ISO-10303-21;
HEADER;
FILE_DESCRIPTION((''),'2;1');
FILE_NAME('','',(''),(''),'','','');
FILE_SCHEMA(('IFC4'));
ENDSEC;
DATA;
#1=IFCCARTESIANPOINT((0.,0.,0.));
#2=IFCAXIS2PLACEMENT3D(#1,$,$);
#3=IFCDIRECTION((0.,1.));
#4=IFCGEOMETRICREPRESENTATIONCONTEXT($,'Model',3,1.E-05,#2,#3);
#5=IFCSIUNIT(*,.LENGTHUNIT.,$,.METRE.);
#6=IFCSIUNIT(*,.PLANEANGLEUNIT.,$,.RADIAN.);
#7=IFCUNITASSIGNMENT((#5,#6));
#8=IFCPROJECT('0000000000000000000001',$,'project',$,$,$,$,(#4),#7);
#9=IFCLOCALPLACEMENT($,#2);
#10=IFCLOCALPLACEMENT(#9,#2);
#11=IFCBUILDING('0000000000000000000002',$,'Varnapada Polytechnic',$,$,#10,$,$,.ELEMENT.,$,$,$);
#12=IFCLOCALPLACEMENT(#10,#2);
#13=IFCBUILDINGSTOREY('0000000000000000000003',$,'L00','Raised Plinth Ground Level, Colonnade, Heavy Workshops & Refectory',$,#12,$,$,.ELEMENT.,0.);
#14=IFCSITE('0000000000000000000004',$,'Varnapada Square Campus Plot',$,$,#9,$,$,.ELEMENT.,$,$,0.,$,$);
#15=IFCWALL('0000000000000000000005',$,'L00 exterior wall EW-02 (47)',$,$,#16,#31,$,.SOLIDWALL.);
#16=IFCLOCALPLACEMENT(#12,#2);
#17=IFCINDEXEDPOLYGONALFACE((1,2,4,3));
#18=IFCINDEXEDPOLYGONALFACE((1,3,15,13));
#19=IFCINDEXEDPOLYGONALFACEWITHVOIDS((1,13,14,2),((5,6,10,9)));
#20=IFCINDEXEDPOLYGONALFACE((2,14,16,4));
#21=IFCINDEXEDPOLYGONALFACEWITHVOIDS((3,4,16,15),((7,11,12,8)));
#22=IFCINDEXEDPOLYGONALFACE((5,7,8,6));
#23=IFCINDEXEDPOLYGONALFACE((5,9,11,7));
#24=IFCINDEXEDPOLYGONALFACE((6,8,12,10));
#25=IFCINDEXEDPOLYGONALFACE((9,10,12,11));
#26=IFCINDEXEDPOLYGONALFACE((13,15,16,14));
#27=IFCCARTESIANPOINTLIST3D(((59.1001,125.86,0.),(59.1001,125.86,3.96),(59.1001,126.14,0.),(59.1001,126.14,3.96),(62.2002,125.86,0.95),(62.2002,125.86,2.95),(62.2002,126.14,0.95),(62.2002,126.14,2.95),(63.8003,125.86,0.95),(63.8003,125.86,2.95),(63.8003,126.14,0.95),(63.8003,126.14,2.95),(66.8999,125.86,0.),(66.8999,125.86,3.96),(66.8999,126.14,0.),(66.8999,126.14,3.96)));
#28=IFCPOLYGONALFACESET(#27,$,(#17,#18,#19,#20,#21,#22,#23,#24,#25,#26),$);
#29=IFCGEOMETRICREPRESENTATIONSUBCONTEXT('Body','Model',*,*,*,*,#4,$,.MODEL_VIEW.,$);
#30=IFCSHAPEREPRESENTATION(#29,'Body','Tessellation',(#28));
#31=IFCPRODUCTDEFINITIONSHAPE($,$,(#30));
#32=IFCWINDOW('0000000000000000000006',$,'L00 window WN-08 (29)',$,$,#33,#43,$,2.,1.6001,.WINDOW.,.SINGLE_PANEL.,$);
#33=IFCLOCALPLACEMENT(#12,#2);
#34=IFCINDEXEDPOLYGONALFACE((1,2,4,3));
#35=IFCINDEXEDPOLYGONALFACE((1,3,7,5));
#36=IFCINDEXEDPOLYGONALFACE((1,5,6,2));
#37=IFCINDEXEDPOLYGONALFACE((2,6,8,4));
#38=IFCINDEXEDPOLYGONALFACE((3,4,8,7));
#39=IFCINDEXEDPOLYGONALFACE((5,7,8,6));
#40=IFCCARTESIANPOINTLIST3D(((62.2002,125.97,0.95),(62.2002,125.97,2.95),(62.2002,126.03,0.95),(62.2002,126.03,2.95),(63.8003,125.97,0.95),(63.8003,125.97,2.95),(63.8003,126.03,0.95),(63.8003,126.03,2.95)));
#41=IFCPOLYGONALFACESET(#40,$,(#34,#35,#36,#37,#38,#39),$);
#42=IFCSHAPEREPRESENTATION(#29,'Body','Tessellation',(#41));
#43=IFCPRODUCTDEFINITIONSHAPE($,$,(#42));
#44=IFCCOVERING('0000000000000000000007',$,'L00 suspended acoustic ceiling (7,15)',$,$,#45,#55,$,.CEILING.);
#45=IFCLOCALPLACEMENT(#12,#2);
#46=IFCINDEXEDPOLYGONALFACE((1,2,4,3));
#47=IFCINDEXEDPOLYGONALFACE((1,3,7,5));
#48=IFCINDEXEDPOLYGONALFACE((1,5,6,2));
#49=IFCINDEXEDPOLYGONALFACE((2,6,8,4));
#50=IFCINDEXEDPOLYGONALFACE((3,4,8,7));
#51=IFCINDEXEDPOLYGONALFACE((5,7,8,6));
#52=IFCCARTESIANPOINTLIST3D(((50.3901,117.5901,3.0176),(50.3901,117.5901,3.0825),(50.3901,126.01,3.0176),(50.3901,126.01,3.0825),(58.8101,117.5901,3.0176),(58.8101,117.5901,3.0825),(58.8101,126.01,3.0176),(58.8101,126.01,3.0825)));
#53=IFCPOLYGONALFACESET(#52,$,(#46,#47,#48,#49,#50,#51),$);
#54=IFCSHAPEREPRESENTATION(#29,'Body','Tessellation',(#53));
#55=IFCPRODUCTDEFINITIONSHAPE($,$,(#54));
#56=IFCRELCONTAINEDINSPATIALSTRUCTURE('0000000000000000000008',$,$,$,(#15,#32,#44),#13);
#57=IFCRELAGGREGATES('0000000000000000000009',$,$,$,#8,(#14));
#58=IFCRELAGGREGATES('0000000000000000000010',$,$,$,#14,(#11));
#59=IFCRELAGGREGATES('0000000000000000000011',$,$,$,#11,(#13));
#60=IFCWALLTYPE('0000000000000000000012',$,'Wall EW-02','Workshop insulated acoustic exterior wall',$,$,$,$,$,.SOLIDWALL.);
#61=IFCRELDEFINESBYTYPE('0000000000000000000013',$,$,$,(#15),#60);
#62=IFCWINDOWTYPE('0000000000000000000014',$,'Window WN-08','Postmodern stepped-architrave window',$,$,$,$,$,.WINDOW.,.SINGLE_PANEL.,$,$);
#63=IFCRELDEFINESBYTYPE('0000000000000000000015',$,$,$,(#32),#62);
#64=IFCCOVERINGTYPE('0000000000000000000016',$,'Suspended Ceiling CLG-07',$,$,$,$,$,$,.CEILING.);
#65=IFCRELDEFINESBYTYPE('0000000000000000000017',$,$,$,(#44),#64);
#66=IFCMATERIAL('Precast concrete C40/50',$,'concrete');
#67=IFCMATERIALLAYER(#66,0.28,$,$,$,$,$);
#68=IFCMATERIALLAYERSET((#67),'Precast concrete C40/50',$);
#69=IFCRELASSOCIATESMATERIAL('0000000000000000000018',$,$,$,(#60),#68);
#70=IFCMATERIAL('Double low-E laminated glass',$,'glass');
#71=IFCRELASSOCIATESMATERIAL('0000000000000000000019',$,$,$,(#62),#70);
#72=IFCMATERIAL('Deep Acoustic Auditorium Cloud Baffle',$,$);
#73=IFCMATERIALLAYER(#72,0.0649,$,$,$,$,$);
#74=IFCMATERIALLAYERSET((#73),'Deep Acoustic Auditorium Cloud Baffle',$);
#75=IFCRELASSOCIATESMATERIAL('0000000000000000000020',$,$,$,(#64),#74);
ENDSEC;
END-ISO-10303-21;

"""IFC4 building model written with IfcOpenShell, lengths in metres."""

from ifc_helpers import new_model, si_unit, direction, frame, frame_2d, origin, origin_2d, place, context, subcontext, project, spatial, rectangle, extrude, material, layer, layer_set, type_object, element, fill, save


model = new_model("IFC4")

# Units and contexts
model_context = context("Model", 3, precision=1e-05, world=origin(), true_north=direction((0.0, 1.0)))
body_context = subcontext(model_context, "Body", "Model", "MODEL_VIEW")
ifc_project = project(units=[si_unit("LENGTHUNIT", "METRE"), si_unit("PLANEANGLEUNIT", "RADIAN")], contexts=[model_context])

# Site, building, storey
site_placement = place(None, origin())
site = spatial("IfcSite", under=ifc_project, at=site_placement, Name="Varnapada Square Campus Plot", CompositionType="ELEMENT", RefElevation=0.0)
building_placement = place(site_placement, origin())
building = spatial("IfcBuilding", under=site, at=building_placement, Name="Varnapada Polytechnic", CompositionType="ELEMENT")
storey_placement = place(building_placement, origin())
storey = spatial("IfcBuildingStorey", under=building, at=storey_placement, Name="L00", Description="Raised Plinth Ground Level, Colonnade, Heavy Workshops & Refectory", CompositionType="ELEMENT", Elevation=0.0)

# Shared definitions
ifc_material_1 = material(Name="Precast concrete C40/50", Category="concrete")
ifc_layer_1 = layer(ifc_material_1, 0.28)
ifc_layer_set_1 = layer_set([ifc_layer_1], Name="Precast concrete C40/50")
wall_type = type_object("IfcWallType", Name="Wall EW-02", Description="Workshop insulated acoustic exterior wall", PredefinedType="SOLIDWALL", material=ifc_layer_set_1)

# Wall, opening, window
wall_1_placement = place(storey_placement, frame((59.1001, 126.0, 0.0), z_axis=(0.0, 0.0, 1.0), x_axis=(1.0, 0.0, 0.0)))
wall_1 = element("IfcWall", 1, at=wall_1_placement, inside=storey, type_object=wall_type, Name="L00 exterior wall EW-02 (47)", PredefinedType="SOLIDWALL", context=body_context, shape_type="SweptSolid", body=[
    extrude(rectangle(XDim=7.7998, YDim=0.28, at=frame_2d((3.8999, 0.0))), origin(), (0.0, 0.0, 1.0), 3.96),
])
opening_1_placement = place(wall_1_placement, frame((3.1001, 0.0, 0.95)))
opening_1 = element("IfcOpeningElement", 2, at=opening_1_placement, cuts=wall_1, PredefinedType="OPENING", context=body_context, shape_type="SweptSolid", body=[
    extrude(rectangle(XDim=1.6001, YDim=2.0, at=frame_2d((0.8, 1.0))), frame((0.0, 0.1499, 0.0), z_axis=(0.0, -1.0, 0.0), x_axis=(1.0, 0.0, 0.0)), (0.0, 0.0, 1.0), 0.3),
])
ifc_material_2 = material(Name="Double low-E laminated glass", Category="glass")
window_type = type_object("IfcWindowType", Name="Window WN-08", Description="Postmodern stepped-architrave window", PartitioningType="SINGLE_PANEL", PredefinedType="WINDOW", material=ifc_material_2)
window_placement = place(opening_1_placement, origin())
window = element("IfcWindow", 3, at=window_placement, inside=storey, type_object=window_type, Name="L00 window WN-08 (29)", OverallHeight=2.0, OverallWidth=1.6001, PartitioningType="SINGLE_PANEL", PredefinedType="WINDOW", context=body_context, shape_type="SweptSolid", body=[
    extrude(rectangle(XDim=1.6001, YDim=2.0, at=frame_2d((0.8, 1.0))), frame((0.0, 0.03, 0.0), z_axis=(0.0, -1.0, 0.0), x_axis=(1.0, 0.0, 0.0)), (0.0, 0.0, 1.0), 0.0601),
])
fill(opening_1, window)

# Covering
ifc_material_3 = material(Name="Deep Acoustic Auditorium Cloud Baffle")
ifc_layer_2 = layer(ifc_material_3, 0.0649)
ifc_layer_set_2 = layer_set([ifc_layer_2], Name="Deep Acoustic Auditorium Cloud Baffle")
covering_type_1 = type_object("IfcCoveringType", Name="Suspended Ceiling CLG-07", PredefinedType="CEILING", material=ifc_layer_set_2)
covering_1_placement = place(storey_placement, frame((54.6001, 121.8, 3.0176), z_axis=(0.0, 0.0, 1.0), x_axis=(1.0, 0.0, 0.0)))
element("IfcCovering", 4, at=covering_1_placement, inside=storey, type_object=covering_type_1, Name="L00 suspended acoustic ceiling (7,15)", PredefinedType="CEILING", context=body_context, shape_type="SweptSolid", body=[
    extrude(rectangle(XDim=8.4199, YDim=8.4199, at=origin_2d()), origin(), (0.0, 0.0, 1.0), 0.0649),
])

save(model, "model.ifc")
